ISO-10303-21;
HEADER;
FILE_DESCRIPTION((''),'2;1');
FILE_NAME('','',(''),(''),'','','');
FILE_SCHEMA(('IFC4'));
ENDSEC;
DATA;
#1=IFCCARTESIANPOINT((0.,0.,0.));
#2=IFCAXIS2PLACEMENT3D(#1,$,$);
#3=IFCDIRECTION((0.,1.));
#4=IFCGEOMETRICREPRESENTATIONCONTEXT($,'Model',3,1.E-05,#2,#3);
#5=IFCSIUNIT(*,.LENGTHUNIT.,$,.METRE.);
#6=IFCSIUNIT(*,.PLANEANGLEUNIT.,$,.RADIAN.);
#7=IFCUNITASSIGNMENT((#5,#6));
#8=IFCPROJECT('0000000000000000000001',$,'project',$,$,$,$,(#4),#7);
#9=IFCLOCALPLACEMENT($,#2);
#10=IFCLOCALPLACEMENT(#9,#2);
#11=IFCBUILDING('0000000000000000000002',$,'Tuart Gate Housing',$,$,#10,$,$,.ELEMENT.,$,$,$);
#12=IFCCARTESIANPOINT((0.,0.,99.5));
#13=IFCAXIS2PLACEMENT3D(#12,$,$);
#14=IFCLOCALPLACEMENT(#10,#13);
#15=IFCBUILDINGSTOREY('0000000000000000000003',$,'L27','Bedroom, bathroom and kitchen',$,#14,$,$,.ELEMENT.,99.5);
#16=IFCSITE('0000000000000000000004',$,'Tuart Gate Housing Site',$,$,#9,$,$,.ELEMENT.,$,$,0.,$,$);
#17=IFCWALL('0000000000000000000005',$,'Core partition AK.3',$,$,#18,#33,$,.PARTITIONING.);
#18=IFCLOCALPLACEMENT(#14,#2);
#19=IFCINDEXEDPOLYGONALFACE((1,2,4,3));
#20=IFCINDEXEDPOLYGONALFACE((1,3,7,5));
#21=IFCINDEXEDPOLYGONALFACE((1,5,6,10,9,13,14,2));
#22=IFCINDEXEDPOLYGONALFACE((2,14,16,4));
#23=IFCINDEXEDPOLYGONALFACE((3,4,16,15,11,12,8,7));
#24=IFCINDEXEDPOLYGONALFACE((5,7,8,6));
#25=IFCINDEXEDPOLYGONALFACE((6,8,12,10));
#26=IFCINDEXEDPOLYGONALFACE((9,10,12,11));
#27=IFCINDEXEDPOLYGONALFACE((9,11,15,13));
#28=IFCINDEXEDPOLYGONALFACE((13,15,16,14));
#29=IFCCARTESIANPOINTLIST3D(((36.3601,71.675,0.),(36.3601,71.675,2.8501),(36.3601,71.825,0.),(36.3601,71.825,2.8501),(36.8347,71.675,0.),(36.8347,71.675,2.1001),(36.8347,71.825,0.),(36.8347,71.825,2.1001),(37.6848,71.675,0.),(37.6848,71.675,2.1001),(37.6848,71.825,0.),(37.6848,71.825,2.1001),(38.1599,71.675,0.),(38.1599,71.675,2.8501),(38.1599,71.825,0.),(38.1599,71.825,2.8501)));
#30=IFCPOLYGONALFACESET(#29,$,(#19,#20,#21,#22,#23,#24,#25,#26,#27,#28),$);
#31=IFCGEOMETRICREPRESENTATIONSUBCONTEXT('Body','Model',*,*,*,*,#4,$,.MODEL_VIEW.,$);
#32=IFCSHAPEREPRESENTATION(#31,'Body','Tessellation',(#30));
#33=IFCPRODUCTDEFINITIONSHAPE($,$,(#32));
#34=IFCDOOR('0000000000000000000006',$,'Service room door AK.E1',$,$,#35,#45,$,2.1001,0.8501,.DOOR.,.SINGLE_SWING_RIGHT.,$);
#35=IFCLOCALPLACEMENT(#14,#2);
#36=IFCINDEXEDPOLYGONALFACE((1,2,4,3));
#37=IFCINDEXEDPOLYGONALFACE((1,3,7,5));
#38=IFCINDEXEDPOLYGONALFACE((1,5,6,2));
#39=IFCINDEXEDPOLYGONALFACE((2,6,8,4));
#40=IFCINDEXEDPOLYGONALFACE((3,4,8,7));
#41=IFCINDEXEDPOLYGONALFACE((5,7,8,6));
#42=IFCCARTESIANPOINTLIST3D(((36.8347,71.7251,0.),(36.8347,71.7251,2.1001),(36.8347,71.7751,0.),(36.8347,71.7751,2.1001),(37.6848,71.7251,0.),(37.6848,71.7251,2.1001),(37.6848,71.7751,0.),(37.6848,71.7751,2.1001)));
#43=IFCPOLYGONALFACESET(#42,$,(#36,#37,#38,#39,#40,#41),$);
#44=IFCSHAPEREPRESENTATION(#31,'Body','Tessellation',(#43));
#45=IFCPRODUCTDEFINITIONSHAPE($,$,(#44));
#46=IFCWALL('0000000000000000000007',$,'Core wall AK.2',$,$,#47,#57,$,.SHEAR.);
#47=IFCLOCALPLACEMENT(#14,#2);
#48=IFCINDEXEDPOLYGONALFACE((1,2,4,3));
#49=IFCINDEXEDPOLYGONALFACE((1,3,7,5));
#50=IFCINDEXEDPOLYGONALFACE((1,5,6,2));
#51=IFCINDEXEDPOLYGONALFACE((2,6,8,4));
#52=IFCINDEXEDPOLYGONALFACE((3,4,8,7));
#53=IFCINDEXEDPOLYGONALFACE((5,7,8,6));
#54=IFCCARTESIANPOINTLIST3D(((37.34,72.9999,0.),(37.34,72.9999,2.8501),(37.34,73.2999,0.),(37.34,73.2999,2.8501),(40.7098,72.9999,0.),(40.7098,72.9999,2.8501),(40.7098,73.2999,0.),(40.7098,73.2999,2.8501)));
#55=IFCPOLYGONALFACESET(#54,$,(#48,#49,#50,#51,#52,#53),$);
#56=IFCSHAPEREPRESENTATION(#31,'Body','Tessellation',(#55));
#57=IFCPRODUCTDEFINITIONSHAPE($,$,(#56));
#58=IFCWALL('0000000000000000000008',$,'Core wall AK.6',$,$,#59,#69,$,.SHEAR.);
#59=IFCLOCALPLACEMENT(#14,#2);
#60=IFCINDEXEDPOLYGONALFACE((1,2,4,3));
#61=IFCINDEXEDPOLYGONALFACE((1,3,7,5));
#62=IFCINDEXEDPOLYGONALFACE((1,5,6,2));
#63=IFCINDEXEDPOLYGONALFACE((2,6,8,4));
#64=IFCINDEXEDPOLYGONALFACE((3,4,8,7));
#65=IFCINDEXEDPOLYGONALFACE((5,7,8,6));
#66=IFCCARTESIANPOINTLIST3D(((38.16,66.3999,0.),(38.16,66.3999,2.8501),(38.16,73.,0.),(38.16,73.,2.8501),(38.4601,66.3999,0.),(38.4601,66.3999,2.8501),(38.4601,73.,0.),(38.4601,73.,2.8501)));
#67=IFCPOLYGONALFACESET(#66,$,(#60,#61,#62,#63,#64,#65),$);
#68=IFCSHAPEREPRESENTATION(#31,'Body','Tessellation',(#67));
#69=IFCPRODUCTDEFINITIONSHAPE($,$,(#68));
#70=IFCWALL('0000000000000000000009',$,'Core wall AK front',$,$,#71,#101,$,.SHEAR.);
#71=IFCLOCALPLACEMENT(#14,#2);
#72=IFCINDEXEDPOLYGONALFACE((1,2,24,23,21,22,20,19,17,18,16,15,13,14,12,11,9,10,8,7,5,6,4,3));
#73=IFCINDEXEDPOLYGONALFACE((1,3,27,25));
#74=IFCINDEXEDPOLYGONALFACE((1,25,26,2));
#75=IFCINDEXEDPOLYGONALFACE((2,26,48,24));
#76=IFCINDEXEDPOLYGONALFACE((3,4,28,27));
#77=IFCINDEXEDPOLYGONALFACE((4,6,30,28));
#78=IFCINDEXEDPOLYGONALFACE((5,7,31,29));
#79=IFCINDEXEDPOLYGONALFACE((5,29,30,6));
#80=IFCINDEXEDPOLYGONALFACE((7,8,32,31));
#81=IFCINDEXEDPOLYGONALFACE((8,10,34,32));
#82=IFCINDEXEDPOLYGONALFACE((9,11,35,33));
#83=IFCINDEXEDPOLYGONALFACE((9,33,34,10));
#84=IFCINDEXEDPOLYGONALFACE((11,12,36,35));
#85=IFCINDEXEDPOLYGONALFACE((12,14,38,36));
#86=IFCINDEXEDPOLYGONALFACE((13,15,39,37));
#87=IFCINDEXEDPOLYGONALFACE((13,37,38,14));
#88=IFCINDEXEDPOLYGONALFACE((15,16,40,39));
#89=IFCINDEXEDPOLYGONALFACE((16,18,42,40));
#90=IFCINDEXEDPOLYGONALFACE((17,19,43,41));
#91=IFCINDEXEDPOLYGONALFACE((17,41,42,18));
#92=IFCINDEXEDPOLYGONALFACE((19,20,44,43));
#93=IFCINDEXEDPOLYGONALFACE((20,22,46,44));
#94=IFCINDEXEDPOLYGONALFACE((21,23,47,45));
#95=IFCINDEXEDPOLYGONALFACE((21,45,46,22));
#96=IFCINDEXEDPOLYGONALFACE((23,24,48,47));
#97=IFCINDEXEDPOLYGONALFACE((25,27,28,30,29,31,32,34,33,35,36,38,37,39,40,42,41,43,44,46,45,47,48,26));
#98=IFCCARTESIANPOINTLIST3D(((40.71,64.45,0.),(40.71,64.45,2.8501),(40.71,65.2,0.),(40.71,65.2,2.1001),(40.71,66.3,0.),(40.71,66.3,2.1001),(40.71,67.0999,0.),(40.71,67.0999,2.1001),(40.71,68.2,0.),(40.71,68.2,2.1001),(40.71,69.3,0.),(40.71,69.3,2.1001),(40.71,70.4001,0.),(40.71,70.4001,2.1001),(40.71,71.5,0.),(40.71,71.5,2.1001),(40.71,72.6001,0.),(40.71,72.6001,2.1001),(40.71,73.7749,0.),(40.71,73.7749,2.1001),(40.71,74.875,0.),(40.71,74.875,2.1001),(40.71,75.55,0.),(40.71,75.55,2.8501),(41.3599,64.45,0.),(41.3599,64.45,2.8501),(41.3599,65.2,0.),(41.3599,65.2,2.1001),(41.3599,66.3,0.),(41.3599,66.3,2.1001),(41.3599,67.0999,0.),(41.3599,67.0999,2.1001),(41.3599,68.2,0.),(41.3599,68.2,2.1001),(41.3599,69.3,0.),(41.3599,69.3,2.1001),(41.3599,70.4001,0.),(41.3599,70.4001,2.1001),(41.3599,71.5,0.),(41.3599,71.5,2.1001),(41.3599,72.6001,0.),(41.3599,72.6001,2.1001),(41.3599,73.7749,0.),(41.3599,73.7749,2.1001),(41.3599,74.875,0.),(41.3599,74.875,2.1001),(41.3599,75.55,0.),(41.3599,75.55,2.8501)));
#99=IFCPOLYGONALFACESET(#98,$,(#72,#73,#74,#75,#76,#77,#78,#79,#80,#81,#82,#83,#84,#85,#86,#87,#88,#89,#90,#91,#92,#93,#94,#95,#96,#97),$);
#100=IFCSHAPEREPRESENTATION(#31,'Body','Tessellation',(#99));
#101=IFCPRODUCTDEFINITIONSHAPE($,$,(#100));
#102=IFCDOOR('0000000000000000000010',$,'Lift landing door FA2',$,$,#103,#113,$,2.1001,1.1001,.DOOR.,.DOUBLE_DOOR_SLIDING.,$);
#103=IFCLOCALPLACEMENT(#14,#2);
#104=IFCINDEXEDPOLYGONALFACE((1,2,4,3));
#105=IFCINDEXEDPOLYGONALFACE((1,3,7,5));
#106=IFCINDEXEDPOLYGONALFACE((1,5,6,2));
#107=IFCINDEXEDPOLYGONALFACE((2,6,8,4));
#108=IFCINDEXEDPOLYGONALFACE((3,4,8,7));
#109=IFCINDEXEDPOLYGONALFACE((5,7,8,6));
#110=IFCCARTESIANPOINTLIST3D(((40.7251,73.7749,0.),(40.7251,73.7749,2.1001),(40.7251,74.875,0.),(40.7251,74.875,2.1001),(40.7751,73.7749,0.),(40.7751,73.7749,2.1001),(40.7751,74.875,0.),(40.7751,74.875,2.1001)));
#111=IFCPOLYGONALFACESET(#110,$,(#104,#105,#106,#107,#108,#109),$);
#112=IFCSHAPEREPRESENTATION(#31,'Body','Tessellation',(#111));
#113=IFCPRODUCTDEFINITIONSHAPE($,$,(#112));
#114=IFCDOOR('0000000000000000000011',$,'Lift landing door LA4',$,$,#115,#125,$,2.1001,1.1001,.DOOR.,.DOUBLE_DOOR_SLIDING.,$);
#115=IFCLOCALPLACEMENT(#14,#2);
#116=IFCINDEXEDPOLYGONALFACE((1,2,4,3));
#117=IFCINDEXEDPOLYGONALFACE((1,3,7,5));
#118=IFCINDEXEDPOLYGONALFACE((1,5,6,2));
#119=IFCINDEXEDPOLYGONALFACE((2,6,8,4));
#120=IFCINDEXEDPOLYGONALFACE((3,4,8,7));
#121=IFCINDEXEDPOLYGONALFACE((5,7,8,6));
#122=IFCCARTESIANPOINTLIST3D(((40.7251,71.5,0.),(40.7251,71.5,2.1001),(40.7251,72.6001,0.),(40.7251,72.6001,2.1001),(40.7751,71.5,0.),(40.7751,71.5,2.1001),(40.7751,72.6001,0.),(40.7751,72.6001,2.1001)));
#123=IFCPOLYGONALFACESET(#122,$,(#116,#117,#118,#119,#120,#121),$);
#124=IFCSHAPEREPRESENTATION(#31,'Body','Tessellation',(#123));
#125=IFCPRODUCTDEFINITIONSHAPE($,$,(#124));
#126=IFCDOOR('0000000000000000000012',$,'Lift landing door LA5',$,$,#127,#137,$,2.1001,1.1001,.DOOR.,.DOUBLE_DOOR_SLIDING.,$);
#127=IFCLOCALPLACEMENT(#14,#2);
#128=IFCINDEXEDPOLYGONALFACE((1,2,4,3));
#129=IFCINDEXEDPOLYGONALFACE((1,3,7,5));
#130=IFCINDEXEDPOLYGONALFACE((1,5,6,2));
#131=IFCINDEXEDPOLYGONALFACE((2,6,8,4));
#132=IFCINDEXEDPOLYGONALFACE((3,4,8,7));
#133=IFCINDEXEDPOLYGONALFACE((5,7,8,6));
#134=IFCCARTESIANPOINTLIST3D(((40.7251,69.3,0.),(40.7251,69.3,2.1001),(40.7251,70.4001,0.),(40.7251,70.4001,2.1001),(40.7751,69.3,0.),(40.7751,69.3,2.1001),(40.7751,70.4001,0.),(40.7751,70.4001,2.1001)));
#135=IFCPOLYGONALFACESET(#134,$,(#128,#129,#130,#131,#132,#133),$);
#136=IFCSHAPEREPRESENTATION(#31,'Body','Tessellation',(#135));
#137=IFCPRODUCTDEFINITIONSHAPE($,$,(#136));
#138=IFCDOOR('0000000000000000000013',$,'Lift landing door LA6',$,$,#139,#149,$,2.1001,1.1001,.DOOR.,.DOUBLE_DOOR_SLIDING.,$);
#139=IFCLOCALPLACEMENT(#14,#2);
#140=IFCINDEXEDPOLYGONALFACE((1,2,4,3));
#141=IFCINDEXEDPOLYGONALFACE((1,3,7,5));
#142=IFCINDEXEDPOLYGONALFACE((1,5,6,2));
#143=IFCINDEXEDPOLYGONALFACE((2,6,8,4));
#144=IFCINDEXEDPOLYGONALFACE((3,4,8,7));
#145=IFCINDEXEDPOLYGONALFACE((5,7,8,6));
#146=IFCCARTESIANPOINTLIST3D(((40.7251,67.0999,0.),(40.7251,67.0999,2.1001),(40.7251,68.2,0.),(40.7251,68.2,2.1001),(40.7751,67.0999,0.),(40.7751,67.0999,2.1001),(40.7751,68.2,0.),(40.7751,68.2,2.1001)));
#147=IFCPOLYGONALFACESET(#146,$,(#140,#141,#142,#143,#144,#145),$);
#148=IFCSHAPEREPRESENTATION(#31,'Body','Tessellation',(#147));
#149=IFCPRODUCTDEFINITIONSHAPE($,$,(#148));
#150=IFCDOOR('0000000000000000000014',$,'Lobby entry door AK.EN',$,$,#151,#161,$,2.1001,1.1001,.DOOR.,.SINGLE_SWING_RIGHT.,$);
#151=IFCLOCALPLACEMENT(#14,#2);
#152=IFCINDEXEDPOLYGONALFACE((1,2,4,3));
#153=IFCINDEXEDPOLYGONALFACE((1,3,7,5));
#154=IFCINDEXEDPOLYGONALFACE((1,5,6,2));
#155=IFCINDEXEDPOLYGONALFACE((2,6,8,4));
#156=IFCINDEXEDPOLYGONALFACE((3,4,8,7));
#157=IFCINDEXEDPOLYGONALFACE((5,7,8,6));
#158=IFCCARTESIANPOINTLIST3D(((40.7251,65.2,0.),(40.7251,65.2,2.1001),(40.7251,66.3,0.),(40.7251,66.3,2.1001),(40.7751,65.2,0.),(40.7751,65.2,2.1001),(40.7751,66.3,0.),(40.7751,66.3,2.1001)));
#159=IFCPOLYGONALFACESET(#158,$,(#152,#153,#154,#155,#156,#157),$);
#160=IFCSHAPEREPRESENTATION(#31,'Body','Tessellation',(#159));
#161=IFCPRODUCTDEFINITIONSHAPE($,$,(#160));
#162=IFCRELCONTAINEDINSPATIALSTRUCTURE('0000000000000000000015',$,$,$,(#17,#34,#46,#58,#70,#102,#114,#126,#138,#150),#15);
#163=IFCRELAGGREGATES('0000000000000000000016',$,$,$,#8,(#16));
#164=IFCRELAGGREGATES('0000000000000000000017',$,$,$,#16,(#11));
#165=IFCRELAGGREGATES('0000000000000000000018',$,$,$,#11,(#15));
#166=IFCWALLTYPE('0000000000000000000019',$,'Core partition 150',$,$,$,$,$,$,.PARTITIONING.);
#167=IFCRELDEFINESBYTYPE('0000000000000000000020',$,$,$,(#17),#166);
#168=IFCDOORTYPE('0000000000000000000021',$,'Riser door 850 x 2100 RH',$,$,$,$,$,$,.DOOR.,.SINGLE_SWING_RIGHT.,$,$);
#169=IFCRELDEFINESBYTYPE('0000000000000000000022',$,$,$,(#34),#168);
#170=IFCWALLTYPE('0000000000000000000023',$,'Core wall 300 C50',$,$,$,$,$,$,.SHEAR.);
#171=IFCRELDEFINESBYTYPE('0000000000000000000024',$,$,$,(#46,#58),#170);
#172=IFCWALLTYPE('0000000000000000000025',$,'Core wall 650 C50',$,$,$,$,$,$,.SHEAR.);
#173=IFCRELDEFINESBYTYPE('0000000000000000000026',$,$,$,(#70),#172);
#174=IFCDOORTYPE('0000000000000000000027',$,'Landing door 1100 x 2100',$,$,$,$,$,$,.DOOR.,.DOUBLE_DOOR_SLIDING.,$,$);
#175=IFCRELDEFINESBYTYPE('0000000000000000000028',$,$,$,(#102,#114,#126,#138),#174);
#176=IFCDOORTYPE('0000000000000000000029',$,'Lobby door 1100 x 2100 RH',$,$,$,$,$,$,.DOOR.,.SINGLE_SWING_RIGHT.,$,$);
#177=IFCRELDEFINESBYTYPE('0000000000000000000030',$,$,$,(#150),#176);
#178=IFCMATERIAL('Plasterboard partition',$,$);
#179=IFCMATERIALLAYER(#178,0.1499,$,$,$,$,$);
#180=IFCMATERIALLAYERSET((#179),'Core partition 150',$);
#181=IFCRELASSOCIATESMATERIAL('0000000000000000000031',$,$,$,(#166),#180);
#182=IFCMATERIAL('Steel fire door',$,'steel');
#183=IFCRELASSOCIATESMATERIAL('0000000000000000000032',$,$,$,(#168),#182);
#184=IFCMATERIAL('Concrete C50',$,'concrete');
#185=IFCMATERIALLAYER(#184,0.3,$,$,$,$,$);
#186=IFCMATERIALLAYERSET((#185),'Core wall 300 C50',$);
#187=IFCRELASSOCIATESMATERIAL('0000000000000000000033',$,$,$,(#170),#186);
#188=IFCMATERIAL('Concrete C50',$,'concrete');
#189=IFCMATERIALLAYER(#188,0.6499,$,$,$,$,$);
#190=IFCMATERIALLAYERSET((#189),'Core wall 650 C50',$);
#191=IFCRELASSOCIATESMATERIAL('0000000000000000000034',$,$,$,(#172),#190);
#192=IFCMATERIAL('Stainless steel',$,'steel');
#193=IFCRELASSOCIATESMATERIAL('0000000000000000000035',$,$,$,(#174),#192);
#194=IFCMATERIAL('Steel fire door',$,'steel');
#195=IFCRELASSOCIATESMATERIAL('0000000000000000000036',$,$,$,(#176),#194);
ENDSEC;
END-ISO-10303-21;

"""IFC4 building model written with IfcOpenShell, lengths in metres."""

from ifc_helpers import new_model, si_unit, direction, frame, frame_2d, origin, place, context, subcontext, project, spatial, rectangle, extrude, material, layer, layer_set, type_object, element, fill, save


model = new_model("IFC4")

# Units and contexts
model_context = context("Model", 3, precision=1e-05, world=origin(), true_north=direction((0.0, 1.0)))
body_context = subcontext(model_context, "Body", "Model", "MODEL_VIEW")
ifc_project = project(units=[si_unit("LENGTHUNIT", "METRE"), si_unit("PLANEANGLEUNIT", "RADIAN")], contexts=[model_context])

# Site, building, storey
site_placement = place(None, origin())
site = spatial("IfcSite", under=ifc_project, at=site_placement, Name="Tuart Gate Housing Site", CompositionType="ELEMENT", RefElevation=0.0)
building_placement = place(site_placement, origin())
building = spatial("IfcBuilding", under=site, at=building_placement, Name="Tuart Gate Housing", CompositionType="ELEMENT")
storey_placement = place(building_placement, frame((0.0, 0.0, 99.5)))
storey = spatial("IfcBuildingStorey", under=building, at=storey_placement, Name="L27", Description="Bedroom, bathroom and kitchen", CompositionType="ELEMENT", Elevation=99.5)

# Wall, opening, door
ifc_material_1 = material(Name="Plasterboard partition")
ifc_layer_1 = layer(ifc_material_1, 0.1499)
ifc_layer_set_1 = layer_set([ifc_layer_1], Name="Core partition 150")
wall_type_1 = type_object("IfcWallType", Name="Core partition 150", PredefinedType="PARTITIONING", material=ifc_layer_set_1)
wall_1_placement = place(storey_placement, frame((38.1599, 71.75, 0.0), z_axis=(0.0, 0.0, 1.0), x_axis=(-1.0, 0.0, 0.0)))
wall_1 = element("IfcWall", 1, at=wall_1_placement, inside=storey, type_object=wall_type_1, Name="Core partition AK.3", PredefinedType="PARTITIONING", context=body_context, shape_type="SweptSolid", body=[
    extrude(rectangle(XDim=1.7998, YDim=0.1499, at=frame_2d((0.8999, 0.0))), origin(), (0.0, 0.0, 1.0), 2.8501),
])
opening_1_placement = place(wall_1_placement, frame((0.4751, 0.0, 0.0)))
opening_1 = element("IfcOpeningElement", 2, at=opening_1_placement, cuts=wall_1, PredefinedType="OPENING", context=body_context, shape_type="SweptSolid", body=[
    extrude(rectangle(XDim=0.8501, YDim=2.1001, at=frame_2d((0.425, 1.05))), frame((0.0, 0.085, 0.0), z_axis=(0.0, -1.0, 0.0), x_axis=(1.0, 0.0, 0.0)), (0.0, 0.0, 1.0), 0.1699),
])
ifc_material_2 = material(Name="Steel fire door", Category="steel")
door_type_1 = type_object("IfcDoorType", Name="Riser door 850 x 2100 RH", OperationType="SINGLE_SWING_RIGHT", PredefinedType="DOOR", material=ifc_material_2)
door_1_placement = place(opening_1_placement, frame((0.8501, 0.0, 0.0), z_axis=(0.0, 0.0, 1.0), x_axis=(-1.0, 0.0, 0.0)))
door_1 = element("IfcDoor", 3, at=door_1_placement, inside=storey, type_object=door_type_1, Name="Service room door AK.E1", OperationType="SINGLE_SWING_RIGHT", OverallHeight=2.1001, OverallWidth=0.8501, PredefinedType="DOOR", context=body_context, shape_type="SweptSolid", body=[
    extrude(rectangle(XDim=0.8501, YDim=2.1001, at=frame_2d((0.425, 1.05))), frame((0.0, 0.0251, 0.0), z_axis=(0.0, -1.0, 0.0), x_axis=(1.0, 0.0, 0.0)), (0.0, 0.0, 1.0), 0.05),
])
fill(opening_1, door_1)

# Walls
ifc_material_3 = material(Name="Concrete C50", Category="concrete")
ifc_layer_2 = layer(ifc_material_3, 0.3)
ifc_layer_set_2 = layer_set([ifc_layer_2], Name="Core wall 300 C50")
wall_type_2 = type_object("IfcWallType", Name="Core wall 300 C50", PredefinedType="SHEAR", material=ifc_layer_set_2)
wall_2_placement = place(storey_placement, frame((40.71, 73.1499, 0.0), z_axis=(0.0, 0.0, 1.0), x_axis=(-1.0, 0.0, 0.0)))
element("IfcWall", 4, at=wall_2_placement, inside=storey, type_object=wall_type_2, Name="Core wall AK.2", PredefinedType="SHEAR", context=body_context, shape_type="SweptSolid", body=[
    extrude(rectangle(XDim=3.3699, YDim=0.3, at=frame_2d((1.6851, 0.0))), origin(), (0.0, 0.0, 1.0), 2.8501),
])
wall_3_placement = place(storey_placement, frame((38.3101, 73.0, 0.0), z_axis=(0.0, 0.0, 1.0), x_axis=(0.0, -1.0, 0.0)))
element("IfcWall", 5, at=wall_3_placement, inside=storey, type_object=wall_type_2, Name="Core wall AK.6", PredefinedType="SHEAR", context=body_context, shape_type="SweptSolid", body=[
    extrude(rectangle(XDim=6.6001, YDim=0.3, at=frame_2d((3.3, 0.0))), origin(), (0.0, 0.0, 1.0), 2.8501),
])

# Wall, openings, doors
ifc_material_4 = material(Name="Concrete C50", Category="concrete")
ifc_layer_3 = layer(ifc_material_4, 0.6499)
ifc_layer_set_3 = layer_set([ifc_layer_3], Name="Core wall 650 C50")
wall_type_3 = type_object("IfcWallType", Name="Core wall 650 C50", PredefinedType="SHEAR", material=ifc_layer_set_3)
wall_4_placement = place(storey_placement, frame((41.0349, 75.55, 0.0), z_axis=(0.0, 0.0, 1.0), x_axis=(0.0, -1.0, 0.0)))
wall_4 = element("IfcWall", 6, at=wall_4_placement, inside=storey, type_object=wall_type_3, Name="Core wall AK front", PredefinedType="SHEAR", context=body_context, shape_type="SweptSolid", body=[
    extrude(rectangle(XDim=11.1001, YDim=0.6499, at=frame_2d((5.55, 0.0))), origin(), (0.0, 0.0, 1.0), 2.8501),
])
opening_2_placement = place(wall_4_placement, frame((0.675, 0.0, 0.0)))
opening_2 = element("IfcOpeningElement", 7, at=opening_2_placement, cuts=wall_4, PredefinedType="OPENING", context=body_context, shape_type="SweptSolid", body=[
    extrude(rectangle(XDim=1.1001, YDim=2.1001, at=frame_2d((0.55, 1.05))), frame((0.0, 0.335, 0.0), z_axis=(0.0, -1.0, 0.0), x_axis=(1.0, 0.0, 0.0)), (0.0, 0.0, 1.0), 0.6699),
])
opening_3_placement = place(wall_4_placement, frame((2.95, 0.0, 0.0)))
opening_3 = element("IfcOpeningElement", 8, at=opening_3_placement, cuts=wall_4, PredefinedType="OPENING", context=body_context, shape_type="SweptSolid", body=[
    extrude(rectangle(XDim=1.1001, YDim=2.1001, at=frame_2d((0.55, 1.05))), frame((0.0, 0.335, 0.0), z_axis=(0.0, -1.0, 0.0), x_axis=(1.0, 0.0, 0.0)), (0.0, 0.0, 1.0), 0.6699),
])
opening_4_placement = place(wall_4_placement, frame((5.1499, 0.0, 0.0)))
opening_4 = element("IfcOpeningElement", 9, at=opening_4_placement, cuts=wall_4, PredefinedType="OPENING", context=body_context, shape_type="SweptSolid", body=[
    extrude(rectangle(XDim=1.1001, YDim=2.1001, at=frame_2d((0.55, 1.05))), frame((0.0, 0.335, 0.0), z_axis=(0.0, -1.0, 0.0), x_axis=(1.0, 0.0, 0.0)), (0.0, 0.0, 1.0), 0.6699),
])
opening_5_placement = place(wall_4_placement, frame((7.3501, 0.0, 0.0)))
opening_5 = element("IfcOpeningElement", 10, at=opening_5_placement, cuts=wall_4, PredefinedType="OPENING", context=body_context, shape_type="SweptSolid", body=[
    extrude(rectangle(XDim=1.1001, YDim=2.1001, at=frame_2d((0.55, 1.05))), frame((0.0, 0.335, 0.0), z_axis=(0.0, -1.0, 0.0), x_axis=(1.0, 0.0, 0.0)), (0.0, 0.0, 1.0), 0.6699),
])
opening_6_placement = place(wall_4_placement, frame((9.25, 0.0, 0.0)))
opening_6 = element("IfcOpeningElement", 11, at=opening_6_placement, cuts=wall_4, PredefinedType="OPENING", context=body_context, shape_type="SweptSolid", body=[
    extrude(rectangle(XDim=1.1001, YDim=2.1001, at=frame_2d((0.55, 1.05))), frame((0.0, 0.335, 0.0), z_axis=(0.0, -1.0, 0.0), x_axis=(1.0, 0.0, 0.0)), (0.0, 0.0, 1.0), 0.6699),
])
ifc_material_5 = material(Name="Stainless steel", Category="steel")
door_type_2 = type_object("IfcDoorType", Name="Landing door 1100 x 2100", OperationType="DOUBLE_DOOR_SLIDING", PredefinedType="DOOR", material=ifc_material_5)
door_2_placement = place(opening_2_placement, origin())
door_2 = element("IfcDoor", 12, at=door_2_placement, inside=storey, type_object=door_type_2, Name="Lift landing door FA2", OperationType="DOUBLE_DOOR_SLIDING", OverallHeight=2.1001, OverallWidth=1.1001, PredefinedType="DOOR", context=body_context, shape_type="SweptSolid", body=[
    extrude(rectangle(XDim=1.1001, YDim=2.1001, at=frame_2d((0.55, 1.05))), frame((0.0, -0.2598, 0.0), z_axis=(0.0, -1.0, 0.0), x_axis=(1.0, 0.0, 0.0)), (0.0, 0.0, 1.0), 0.05),
])
fill(opening_2, door_2)
door_3_placement = place(opening_3_placement, origin())
door_3 = element("IfcDoor", 13, at=door_3_placement, inside=storey, type_object=door_type_2, Name="Lift landing door LA4", OperationType="DOUBLE_DOOR_SLIDING", OverallHeight=2.1001, OverallWidth=1.1001, PredefinedType="DOOR", context=body_context, shape_type="SweptSolid", body=[
    extrude(rectangle(XDim=1.1001, YDim=2.1001, at=frame_2d((0.55, 1.05))), frame((0.0, -0.2598, 0.0), z_axis=(0.0, -1.0, 0.0), x_axis=(1.0, 0.0, 0.0)), (0.0, 0.0, 1.0), 0.05),
])
fill(opening_3, door_3)
door_4_placement = place(opening_4_placement, origin())
door_4 = element("IfcDoor", 14, at=door_4_placement, inside=storey, type_object=door_type_2, Name="Lift landing door LA5", OperationType="DOUBLE_DOOR_SLIDING", OverallHeight=2.1001, OverallWidth=1.1001, PredefinedType="DOOR", context=body_context, shape_type="SweptSolid", body=[
    extrude(rectangle(XDim=1.1001, YDim=2.1001, at=frame_2d((0.55, 1.05))), frame((0.0, -0.2598, 0.0), z_axis=(0.0, -1.0, 0.0), x_axis=(1.0, 0.0, 0.0)), (0.0, 0.0, 1.0), 0.05),
])
fill(opening_4, door_4)
door_5_placement = place(opening_5_placement, origin())
door_5 = element("IfcDoor", 15, at=door_5_placement, inside=storey, type_object=door_type_2, Name="Lift landing door LA6", OperationType="DOUBLE_DOOR_SLIDING", OverallHeight=2.1001, OverallWidth=1.1001, PredefinedType="DOOR", context=body_context, shape_type="SweptSolid", body=[
    extrude(rectangle(XDim=1.1001, YDim=2.1001, at=frame_2d((0.55, 1.05))), frame((0.0, -0.2598, 0.0), z_axis=(0.0, -1.0, 0.0), x_axis=(1.0, 0.0, 0.0)), (0.0, 0.0, 1.0), 0.05),
])
fill(opening_5, door_5)
ifc_material_6 = material(Name="Steel fire door", Category="steel")
door_type_3 = type_object("IfcDoorType", Name="Lobby door 1100 x 2100 RH", OperationType="SINGLE_SWING_RIGHT", PredefinedType="DOOR", material=ifc_material_6)
door_6_placement = place(opening_6_placement, frame((1.1001, 0.0, 0.0), z_axis=(0.0, 0.0, 1.0), x_axis=(-1.0, 0.0, 0.0)))
door_6 = element("IfcDoor", 16, at=door_6_placement, inside=storey, type_object=door_type_3, Name="Lobby entry door AK.EN", OperationType="SINGLE_SWING_RIGHT", OverallHeight=2.1001, OverallWidth=1.1001, PredefinedType="DOOR", context=body_context, shape_type="SweptSolid", body=[
    extrude(rectangle(XDim=1.1001, YDim=2.1001, at=frame_2d((0.55, 1.05))), frame((0.0, 0.3098, 0.0), z_axis=(0.0, -1.0, 0.0), x_axis=(1.0, 0.0, 0.0)), (0.0, 0.0, 1.0), 0.05),
])
fill(opening_6, door_6)

save(model, "model.ifc")
